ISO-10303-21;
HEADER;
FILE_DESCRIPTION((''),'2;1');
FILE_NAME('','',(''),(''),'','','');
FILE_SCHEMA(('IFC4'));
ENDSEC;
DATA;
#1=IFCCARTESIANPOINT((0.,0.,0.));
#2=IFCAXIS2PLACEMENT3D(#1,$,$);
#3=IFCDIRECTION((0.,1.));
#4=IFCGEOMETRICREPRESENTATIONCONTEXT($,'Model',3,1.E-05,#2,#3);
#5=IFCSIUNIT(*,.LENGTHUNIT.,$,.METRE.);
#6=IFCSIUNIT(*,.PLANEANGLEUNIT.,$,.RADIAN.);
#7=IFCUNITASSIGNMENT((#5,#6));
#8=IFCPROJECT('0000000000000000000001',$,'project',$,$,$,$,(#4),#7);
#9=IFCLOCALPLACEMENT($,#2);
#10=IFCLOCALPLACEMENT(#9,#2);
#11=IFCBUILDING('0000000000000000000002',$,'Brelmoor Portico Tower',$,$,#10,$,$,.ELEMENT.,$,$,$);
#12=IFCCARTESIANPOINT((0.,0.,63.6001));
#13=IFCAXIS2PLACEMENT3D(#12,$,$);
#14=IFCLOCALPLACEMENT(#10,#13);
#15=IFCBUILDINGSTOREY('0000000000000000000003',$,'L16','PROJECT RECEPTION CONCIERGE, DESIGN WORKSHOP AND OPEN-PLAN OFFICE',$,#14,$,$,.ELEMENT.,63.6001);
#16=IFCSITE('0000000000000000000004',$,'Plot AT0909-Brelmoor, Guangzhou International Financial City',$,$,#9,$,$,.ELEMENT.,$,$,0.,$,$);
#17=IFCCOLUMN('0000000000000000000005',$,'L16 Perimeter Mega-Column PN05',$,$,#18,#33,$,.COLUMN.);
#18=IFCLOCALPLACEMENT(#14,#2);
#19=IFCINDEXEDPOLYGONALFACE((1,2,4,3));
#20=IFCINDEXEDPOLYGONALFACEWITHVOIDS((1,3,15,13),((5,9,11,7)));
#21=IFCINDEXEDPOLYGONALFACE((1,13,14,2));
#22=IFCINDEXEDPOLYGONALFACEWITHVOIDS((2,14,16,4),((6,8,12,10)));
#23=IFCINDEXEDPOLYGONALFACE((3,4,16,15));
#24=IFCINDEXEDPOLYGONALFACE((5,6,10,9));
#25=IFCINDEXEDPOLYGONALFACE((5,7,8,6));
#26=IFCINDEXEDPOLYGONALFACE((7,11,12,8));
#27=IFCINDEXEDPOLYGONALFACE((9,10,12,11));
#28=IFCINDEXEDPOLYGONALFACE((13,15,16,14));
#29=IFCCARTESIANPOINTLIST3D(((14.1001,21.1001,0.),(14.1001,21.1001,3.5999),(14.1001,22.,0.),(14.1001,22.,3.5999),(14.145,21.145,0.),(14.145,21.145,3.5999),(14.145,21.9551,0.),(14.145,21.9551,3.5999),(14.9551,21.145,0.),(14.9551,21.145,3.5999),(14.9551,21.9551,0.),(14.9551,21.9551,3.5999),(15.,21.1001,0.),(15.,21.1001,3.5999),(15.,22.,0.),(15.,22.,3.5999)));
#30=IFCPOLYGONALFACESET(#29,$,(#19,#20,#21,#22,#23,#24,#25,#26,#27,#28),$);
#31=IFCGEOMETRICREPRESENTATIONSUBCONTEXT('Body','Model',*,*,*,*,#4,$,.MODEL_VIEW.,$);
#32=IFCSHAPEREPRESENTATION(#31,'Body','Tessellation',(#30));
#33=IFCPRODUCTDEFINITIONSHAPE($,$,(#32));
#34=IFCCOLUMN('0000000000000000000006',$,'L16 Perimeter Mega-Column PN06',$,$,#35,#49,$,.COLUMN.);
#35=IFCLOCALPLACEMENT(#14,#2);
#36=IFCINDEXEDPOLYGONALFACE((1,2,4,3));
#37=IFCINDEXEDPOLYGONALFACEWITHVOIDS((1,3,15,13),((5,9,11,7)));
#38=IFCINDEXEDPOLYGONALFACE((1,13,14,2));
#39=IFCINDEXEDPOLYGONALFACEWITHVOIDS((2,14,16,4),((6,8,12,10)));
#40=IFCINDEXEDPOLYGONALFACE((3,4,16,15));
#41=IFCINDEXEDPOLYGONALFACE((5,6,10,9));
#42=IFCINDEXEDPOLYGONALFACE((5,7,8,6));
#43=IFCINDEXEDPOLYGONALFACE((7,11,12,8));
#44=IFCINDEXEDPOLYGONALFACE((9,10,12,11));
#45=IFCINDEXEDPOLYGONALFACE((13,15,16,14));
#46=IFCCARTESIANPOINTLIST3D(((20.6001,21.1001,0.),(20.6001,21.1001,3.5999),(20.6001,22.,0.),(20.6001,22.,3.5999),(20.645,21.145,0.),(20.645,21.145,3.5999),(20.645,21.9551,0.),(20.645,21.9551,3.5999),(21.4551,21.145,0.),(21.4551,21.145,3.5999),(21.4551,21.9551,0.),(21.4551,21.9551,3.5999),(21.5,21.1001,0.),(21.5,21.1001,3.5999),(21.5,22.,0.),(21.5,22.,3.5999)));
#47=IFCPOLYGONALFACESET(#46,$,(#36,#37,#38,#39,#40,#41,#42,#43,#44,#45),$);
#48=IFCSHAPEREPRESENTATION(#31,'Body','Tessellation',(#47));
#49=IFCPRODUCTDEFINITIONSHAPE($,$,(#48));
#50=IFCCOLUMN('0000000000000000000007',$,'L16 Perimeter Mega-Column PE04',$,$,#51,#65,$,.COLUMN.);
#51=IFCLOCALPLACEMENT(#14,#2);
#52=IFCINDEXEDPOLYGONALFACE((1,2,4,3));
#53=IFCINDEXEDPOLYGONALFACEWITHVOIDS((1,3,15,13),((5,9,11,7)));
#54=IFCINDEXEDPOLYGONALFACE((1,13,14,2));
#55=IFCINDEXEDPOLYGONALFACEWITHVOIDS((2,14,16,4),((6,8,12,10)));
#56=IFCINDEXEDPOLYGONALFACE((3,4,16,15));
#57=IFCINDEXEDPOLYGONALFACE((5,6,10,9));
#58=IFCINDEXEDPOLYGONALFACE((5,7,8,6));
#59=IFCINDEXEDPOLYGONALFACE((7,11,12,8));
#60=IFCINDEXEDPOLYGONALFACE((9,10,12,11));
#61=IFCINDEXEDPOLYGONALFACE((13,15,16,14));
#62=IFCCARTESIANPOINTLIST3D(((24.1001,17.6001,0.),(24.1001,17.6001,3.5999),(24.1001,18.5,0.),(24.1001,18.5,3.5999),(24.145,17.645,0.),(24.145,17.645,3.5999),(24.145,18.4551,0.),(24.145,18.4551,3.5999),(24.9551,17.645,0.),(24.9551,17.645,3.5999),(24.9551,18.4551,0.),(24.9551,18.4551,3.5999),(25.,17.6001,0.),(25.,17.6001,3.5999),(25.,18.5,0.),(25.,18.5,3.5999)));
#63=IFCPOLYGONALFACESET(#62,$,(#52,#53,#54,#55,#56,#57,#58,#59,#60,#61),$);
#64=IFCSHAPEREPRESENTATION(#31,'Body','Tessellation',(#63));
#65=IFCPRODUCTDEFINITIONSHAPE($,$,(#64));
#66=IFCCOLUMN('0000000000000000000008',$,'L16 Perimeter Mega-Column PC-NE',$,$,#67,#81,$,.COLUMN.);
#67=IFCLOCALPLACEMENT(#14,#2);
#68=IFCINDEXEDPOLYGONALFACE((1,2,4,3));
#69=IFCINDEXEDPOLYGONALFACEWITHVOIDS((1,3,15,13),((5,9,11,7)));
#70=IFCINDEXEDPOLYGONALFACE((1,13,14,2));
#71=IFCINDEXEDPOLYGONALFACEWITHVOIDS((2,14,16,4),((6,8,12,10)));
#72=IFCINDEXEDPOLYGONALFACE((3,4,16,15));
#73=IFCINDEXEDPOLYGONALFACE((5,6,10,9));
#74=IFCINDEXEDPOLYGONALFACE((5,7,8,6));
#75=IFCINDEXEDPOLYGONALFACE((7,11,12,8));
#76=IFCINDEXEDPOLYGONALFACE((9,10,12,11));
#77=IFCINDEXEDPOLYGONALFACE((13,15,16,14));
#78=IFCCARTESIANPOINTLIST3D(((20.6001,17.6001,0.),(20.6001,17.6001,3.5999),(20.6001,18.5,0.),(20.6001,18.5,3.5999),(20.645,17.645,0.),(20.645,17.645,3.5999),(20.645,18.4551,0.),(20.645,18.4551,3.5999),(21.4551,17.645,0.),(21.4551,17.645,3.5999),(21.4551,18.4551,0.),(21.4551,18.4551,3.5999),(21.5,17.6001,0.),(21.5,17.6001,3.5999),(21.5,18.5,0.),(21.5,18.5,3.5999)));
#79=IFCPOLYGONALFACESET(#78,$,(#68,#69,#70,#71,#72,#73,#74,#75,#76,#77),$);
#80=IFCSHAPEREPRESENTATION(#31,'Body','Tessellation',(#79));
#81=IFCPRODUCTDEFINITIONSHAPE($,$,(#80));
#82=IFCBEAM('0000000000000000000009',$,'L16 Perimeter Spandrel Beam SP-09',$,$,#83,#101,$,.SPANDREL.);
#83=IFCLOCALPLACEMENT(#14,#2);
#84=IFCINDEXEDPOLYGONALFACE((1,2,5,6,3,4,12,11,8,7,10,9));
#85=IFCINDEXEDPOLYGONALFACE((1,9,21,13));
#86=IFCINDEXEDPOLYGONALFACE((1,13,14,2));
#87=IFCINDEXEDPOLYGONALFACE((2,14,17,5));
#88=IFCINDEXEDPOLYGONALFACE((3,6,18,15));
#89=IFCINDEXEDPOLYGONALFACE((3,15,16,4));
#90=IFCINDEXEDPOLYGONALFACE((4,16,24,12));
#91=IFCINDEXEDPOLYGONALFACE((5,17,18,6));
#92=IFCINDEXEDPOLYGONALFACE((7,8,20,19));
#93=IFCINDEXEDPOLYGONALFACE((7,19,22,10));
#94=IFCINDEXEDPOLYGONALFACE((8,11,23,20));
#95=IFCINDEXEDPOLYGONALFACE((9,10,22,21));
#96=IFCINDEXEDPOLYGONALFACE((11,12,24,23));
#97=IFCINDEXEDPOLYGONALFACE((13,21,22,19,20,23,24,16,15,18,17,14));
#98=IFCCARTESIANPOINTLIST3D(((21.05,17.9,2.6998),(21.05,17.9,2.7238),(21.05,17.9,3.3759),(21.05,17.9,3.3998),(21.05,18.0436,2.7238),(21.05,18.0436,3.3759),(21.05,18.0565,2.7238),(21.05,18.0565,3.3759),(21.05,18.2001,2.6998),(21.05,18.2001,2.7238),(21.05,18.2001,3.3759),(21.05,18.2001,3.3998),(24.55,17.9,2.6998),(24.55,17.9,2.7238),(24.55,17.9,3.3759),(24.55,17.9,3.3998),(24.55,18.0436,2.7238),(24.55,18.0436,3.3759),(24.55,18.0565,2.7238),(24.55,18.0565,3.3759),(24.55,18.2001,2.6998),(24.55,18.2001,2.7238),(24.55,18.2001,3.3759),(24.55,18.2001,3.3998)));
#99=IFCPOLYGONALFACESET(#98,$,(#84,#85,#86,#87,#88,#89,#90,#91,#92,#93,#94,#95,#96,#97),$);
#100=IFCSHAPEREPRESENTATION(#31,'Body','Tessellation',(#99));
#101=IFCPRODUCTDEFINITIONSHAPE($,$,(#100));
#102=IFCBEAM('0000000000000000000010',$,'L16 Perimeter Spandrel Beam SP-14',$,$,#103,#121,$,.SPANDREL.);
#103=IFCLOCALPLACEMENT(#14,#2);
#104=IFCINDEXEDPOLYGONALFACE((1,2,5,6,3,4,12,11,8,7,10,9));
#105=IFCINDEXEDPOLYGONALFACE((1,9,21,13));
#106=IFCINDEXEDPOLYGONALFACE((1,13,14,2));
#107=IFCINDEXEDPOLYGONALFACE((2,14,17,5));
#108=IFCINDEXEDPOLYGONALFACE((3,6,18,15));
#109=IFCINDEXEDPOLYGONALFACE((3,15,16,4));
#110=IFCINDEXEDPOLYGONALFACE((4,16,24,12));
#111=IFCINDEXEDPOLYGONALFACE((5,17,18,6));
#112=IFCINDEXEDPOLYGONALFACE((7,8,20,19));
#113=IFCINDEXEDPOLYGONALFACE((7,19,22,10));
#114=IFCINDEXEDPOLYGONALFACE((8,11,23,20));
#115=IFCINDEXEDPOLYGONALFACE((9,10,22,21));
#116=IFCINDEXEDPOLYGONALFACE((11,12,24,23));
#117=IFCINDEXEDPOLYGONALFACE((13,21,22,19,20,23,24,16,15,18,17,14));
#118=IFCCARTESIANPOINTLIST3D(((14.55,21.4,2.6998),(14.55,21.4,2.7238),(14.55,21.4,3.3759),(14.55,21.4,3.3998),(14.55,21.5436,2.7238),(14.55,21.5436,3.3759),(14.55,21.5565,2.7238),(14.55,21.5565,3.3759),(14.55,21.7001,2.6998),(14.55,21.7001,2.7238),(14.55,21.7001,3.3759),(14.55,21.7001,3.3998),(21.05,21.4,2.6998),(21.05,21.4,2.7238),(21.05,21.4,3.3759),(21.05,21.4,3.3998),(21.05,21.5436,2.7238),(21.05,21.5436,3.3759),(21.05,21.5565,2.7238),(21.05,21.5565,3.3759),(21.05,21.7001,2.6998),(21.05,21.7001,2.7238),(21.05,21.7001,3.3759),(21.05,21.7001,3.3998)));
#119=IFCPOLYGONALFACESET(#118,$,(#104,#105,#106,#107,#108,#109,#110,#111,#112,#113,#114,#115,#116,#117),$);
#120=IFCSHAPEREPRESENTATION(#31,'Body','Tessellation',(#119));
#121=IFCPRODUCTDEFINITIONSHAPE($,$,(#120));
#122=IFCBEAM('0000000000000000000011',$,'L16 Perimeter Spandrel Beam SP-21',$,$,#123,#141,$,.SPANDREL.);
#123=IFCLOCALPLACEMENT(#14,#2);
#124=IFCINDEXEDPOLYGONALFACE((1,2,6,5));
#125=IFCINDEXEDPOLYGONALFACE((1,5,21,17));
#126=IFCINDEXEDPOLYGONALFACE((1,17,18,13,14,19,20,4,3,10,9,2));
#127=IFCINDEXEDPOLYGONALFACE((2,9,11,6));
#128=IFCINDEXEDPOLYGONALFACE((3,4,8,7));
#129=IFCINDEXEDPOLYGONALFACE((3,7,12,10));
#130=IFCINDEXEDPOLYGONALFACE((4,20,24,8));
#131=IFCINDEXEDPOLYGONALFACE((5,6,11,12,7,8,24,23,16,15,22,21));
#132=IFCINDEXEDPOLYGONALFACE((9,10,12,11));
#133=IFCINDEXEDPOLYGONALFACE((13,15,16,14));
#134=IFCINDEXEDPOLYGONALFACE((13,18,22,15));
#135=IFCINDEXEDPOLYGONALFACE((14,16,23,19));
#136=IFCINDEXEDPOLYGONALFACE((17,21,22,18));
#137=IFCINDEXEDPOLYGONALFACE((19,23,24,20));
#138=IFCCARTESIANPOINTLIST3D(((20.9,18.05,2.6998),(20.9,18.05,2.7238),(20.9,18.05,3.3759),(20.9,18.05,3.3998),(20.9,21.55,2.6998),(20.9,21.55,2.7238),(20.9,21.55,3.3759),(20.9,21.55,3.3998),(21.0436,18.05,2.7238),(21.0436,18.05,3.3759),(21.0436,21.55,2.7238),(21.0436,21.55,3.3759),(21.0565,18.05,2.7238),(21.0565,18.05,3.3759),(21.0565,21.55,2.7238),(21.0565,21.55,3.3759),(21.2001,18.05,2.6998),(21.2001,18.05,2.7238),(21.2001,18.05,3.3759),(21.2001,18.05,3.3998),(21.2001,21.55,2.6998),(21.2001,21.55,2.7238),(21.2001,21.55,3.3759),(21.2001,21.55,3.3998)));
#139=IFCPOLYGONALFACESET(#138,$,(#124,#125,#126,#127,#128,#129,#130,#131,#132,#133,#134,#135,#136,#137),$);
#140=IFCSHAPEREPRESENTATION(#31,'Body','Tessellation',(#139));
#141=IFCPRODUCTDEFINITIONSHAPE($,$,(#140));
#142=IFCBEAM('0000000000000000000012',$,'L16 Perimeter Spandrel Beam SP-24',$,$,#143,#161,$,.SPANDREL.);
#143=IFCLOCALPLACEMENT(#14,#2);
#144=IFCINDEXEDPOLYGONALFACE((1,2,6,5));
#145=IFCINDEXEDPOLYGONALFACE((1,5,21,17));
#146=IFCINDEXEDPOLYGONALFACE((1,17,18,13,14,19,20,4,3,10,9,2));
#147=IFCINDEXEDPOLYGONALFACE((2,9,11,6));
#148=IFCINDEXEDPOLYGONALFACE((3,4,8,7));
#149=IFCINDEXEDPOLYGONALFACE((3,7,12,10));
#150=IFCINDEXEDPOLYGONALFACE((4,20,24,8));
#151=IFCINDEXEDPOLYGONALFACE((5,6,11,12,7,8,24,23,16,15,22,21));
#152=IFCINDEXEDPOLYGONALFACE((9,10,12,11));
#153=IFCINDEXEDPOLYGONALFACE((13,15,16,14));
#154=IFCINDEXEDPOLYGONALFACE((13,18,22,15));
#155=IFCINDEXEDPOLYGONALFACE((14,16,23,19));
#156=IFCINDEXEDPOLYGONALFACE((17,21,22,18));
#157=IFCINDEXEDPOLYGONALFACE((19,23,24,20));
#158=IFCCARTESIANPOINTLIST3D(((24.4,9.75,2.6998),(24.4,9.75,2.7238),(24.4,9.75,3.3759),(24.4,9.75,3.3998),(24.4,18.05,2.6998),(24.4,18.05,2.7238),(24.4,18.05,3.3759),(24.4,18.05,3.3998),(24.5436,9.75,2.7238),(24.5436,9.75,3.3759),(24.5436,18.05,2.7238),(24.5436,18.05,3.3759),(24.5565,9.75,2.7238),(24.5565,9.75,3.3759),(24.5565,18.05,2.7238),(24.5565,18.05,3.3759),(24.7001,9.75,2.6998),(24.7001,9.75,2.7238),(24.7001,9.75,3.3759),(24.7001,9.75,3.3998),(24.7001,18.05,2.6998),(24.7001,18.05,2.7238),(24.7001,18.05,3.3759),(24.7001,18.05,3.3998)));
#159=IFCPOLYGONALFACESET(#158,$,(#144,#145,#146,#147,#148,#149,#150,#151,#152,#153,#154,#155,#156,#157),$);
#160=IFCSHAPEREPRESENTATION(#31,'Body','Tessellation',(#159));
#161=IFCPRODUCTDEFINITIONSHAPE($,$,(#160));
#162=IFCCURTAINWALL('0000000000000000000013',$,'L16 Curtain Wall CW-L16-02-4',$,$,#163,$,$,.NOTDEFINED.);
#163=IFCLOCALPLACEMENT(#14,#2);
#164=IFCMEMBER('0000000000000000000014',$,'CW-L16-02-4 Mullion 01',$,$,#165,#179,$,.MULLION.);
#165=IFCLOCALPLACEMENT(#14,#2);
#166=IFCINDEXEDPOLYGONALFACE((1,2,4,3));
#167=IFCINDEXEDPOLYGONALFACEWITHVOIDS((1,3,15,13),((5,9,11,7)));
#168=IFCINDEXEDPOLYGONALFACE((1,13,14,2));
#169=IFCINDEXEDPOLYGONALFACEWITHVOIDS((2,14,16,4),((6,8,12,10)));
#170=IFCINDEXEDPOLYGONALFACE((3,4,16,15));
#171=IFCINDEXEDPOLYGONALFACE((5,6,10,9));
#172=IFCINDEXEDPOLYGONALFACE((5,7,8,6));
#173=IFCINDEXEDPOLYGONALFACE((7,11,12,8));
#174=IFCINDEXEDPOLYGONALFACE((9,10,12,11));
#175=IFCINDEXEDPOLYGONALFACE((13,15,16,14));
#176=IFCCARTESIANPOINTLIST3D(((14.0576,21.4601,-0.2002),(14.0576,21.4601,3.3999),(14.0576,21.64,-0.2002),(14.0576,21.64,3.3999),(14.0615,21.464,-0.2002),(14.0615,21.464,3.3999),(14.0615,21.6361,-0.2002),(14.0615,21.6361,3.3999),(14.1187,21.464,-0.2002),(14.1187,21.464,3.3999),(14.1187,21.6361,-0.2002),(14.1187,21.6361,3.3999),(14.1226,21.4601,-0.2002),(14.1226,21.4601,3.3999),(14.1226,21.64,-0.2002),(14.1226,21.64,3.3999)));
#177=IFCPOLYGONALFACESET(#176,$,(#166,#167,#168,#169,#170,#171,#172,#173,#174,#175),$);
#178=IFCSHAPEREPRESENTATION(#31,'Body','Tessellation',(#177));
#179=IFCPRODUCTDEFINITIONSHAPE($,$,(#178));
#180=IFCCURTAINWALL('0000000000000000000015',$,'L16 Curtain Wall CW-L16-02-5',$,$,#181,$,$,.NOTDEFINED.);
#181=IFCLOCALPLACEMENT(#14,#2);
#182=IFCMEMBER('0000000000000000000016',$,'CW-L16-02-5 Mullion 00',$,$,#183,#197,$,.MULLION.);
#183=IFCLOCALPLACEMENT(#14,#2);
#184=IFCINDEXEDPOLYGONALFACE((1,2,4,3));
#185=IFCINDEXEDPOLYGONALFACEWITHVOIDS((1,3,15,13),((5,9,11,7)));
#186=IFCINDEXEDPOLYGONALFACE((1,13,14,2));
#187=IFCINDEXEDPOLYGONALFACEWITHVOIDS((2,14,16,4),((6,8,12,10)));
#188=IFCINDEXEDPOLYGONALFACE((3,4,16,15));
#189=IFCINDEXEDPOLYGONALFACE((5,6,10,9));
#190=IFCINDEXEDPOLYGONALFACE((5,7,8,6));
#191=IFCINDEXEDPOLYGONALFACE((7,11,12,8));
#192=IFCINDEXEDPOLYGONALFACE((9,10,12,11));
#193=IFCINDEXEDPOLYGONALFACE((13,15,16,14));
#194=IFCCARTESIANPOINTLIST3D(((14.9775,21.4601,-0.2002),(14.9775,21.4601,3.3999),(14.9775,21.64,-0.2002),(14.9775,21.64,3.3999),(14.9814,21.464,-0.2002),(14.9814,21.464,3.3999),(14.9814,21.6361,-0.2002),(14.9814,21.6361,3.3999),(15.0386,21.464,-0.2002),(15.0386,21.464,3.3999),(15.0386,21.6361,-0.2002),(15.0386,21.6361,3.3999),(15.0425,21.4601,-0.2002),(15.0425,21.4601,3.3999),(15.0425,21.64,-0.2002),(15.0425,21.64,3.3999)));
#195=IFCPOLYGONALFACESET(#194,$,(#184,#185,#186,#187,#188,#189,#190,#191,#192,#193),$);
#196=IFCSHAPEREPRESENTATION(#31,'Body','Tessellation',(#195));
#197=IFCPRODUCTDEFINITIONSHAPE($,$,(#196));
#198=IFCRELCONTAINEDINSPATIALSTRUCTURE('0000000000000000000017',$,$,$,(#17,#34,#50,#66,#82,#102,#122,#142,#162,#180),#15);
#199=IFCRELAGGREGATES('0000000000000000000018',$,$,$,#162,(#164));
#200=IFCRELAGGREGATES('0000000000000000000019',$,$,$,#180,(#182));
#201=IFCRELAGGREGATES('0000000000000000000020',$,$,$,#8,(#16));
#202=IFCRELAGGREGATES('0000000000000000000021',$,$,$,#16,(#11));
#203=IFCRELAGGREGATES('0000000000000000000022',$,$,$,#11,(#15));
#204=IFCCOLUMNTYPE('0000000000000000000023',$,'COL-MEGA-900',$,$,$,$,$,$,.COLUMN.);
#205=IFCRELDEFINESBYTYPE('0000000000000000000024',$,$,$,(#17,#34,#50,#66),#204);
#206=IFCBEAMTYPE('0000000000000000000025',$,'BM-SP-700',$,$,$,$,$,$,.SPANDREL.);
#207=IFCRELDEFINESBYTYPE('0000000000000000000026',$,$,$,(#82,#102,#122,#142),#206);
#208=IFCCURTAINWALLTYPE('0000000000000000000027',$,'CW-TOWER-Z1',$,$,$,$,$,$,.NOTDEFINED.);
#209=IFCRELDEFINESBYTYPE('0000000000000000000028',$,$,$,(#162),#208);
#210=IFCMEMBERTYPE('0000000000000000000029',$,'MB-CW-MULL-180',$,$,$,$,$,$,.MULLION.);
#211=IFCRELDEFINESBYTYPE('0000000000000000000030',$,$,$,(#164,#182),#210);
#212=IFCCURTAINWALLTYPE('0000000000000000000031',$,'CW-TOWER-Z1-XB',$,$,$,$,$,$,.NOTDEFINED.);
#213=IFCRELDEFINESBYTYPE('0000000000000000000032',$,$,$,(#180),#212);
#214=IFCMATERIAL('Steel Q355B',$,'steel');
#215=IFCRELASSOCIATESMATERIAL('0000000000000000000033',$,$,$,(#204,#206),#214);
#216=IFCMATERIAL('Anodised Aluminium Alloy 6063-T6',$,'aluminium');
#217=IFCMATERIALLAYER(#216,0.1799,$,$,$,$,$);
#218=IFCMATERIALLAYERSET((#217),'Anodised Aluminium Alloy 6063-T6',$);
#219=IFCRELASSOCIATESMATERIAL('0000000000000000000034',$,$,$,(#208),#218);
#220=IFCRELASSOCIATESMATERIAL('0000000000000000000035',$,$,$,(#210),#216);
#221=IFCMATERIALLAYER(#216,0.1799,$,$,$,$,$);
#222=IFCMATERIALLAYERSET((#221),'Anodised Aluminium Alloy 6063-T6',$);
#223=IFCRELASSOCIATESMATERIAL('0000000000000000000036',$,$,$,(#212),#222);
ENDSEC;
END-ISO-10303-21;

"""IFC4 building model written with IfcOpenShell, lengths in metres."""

from ifc_helpers import new_model, si_unit, direction, frame, origin, origin_2d, place, context, subcontext, project, spatial, hollow_rectangle, i_section, extrude, material, layer, layer_set, material_profile, profile_set, type_object, element, aggregate, save


model = new_model("IFC4")

# Units and contexts
model_context = context("Model", 3, precision=1e-05, world=origin(), true_north=direction((0.0, 1.0)))
body_context = subcontext(model_context, "Body", "Model", "MODEL_VIEW")
ifc_project = project(units=[si_unit("LENGTHUNIT", "METRE"), si_unit("PLANEANGLEUNIT", "RADIAN")], contexts=[model_context])

# Site, building, storey
site_placement = place(None, origin())
site = spatial("IfcSite", under=ifc_project, at=site_placement, Name="Plot AT0909-Brelmoor, Guangzhou International Financial City", CompositionType="ELEMENT", RefElevation=0.0)
building_placement = place(site_placement, origin())
building = spatial("IfcBuilding", under=site, at=building_placement, Name="Brelmoor Portico Tower", CompositionType="ELEMENT")
storey_placement = place(building_placement, frame((0.0, 0.0, 63.6001)))
storey = spatial("IfcBuildingStorey", under=building, at=storey_placement, Name="L16", Description="PROJECT RECEPTION CONCIERGE, DESIGN WORKSHOP AND OPEN-PLAN OFFICE", CompositionType="ELEMENT", Elevation=63.6001)

# Columns
ifc_material_1 = material(Name="Steel Q355B", Category="steel")
ifc_material_profile_1 = material_profile(ifc_material_1, hollow_rectangle(XDim=0.8999, YDim=0.8999, WallThickness=0.0449, at=origin_2d()), Name="BOX 900x900x45")
ifc_profile_set_1 = profile_set([ifc_material_profile_1], Name="Steel Q355B")
column_type = type_object("IfcColumnType", Name="COL-MEGA-900", PredefinedType="COLUMN", material=ifc_profile_set_1)
for number, where, z_axis, x_axis, name in (
    (1, (14.55, 21.55, 0.0), (0.0, 0.0, 1.0), (1.0, 0.0, 0.0), "L16 Perimeter Mega-Column PN05"),
    (2, (21.05, 21.55, 0.0), (0.0, 0.0, 1.0), (1.0, 0.0, 0.0), "L16 Perimeter Mega-Column PN06"),
    (3, (24.55, 18.05, 0.0), (0.0, 0.0, 1.0), (0.0, 1.0, 0.0), "L16 Perimeter Mega-Column PE04"),
    (4, (21.05, 18.05, 0.0), (0.0, 0.0, 1.0), (1.0, 0.0, 0.0), "L16 Perimeter Mega-Column PC-NE"),
):
    element("IfcColumn", number, at=place(storey_placement, frame(where, z_axis=z_axis, x_axis=x_axis)), inside=storey, type_object=column_type, Name=name, PredefinedType="COLUMN", context=body_context, shape_type="SweptSolid", body=[
        extrude(hollow_rectangle(XDim=0.8999, YDim=0.8999, WallThickness=0.0449, at=origin_2d()), origin(), (0.0, 0.0, 1.0), 3.5999),
    ])

# Beams
ifc_material_profile_2 = material_profile(ifc_material_1, i_section(OverallWidth=0.3, OverallDepth=0.7, WebThickness=0.0129, FlangeThickness=0.0239, at=origin_2d()), Name="HN 700x300x13x24")
ifc_profile_set_2 = profile_set([ifc_material_profile_2], Name="Steel Q355B")
beam_type = type_object("IfcBeamType", Name="BM-SP-700", PredefinedType="SPANDREL", material=ifc_profile_set_2)
beam_1_placement = place(storey_placement, frame((21.05, 18.05, 3.0498), z_axis=(1.0, 0.0, 0.0), x_axis=(0.0, 1.0, 0.0)))
element("IfcBeam", 5, at=beam_1_placement, inside=storey, type_object=beam_type, Name="L16 Perimeter Spandrel Beam SP-09", PredefinedType="SPANDREL", context=body_context, shape_type="SweptSolid", body=[
    extrude(i_section(OverallWidth=0.3, OverallDepth=0.7, WebThickness=0.0129, FlangeThickness=0.0239, at=origin_2d()), origin(), (0.0, 0.0, 1.0), 3.5),
])
beam_2_placement = place(storey_placement, frame((14.55, 21.55, 3.0498), z_axis=(1.0, 0.0, 0.0), x_axis=(0.0, 1.0, 0.0)))
element("IfcBeam", 6, at=beam_2_placement, inside=storey, type_object=beam_type, Name="L16 Perimeter Spandrel Beam SP-14", PredefinedType="SPANDREL", context=body_context, shape_type="SweptSolid", body=[
    extrude(i_section(OverallWidth=0.3, OverallDepth=0.7, WebThickness=0.0129, FlangeThickness=0.0239, at=origin_2d()), origin(), (0.0, 0.0, 1.0), 6.5),
])
beam_3_placement = place(storey_placement, frame((21.05, 18.05, 3.0498), z_axis=(0.0, 1.0, 0.0), x_axis=(-1.0, 0.0, 0.0)))
element("IfcBeam", 7, at=beam_3_placement, inside=storey, type_object=beam_type, Name="L16 Perimeter Spandrel Beam SP-21", PredefinedType="SPANDREL", context=body_context, shape_type="SweptSolid", body=[
    extrude(i_section(OverallWidth=0.3, OverallDepth=0.7, WebThickness=0.0129, FlangeThickness=0.0239, at=origin_2d()), origin(), (0.0, 0.0, 1.0), 3.5),
])
beam_4_placement = place(storey_placement, frame((24.55, 9.75, 3.0498), z_axis=(0.0, 1.0, 0.0), x_axis=(-1.0, 0.0, 0.0)))
element("IfcBeam", 8, at=beam_4_placement, inside=storey, type_object=beam_type, Name="L16 Perimeter Spandrel Beam SP-24", PredefinedType="SPANDREL", context=body_context, shape_type="SweptSolid", body=[
    extrude(i_section(OverallWidth=0.3, OverallDepth=0.7, WebThickness=0.0129, FlangeThickness=0.0239, at=origin_2d()), origin(), (0.0, 0.0, 1.0), 8.3),
])

# Curtain wall, member
ifc_material_2 = material(Name="Anodised Aluminium Alloy 6063-T6", Category="aluminium")
ifc_layer_1 = layer(ifc_material_2, 0.1799)
ifc_layer_set_1 = layer_set([ifc_layer_1], Name="Anodised Aluminium Alloy 6063-T6")
curtain_wall_type_1 = type_object("IfcCurtainWallType", Name="CW-TOWER-Z1", PredefinedType="NOTDEFINED", material=ifc_layer_set_1)
curtain_wall_1_placement = place(storey_placement, origin())
curtain_wall_1 = element("IfcCurtainWall", 9, at=curtain_wall_1_placement, inside=storey, type_object=curtain_wall_type_1, Name="L16 Curtain Wall CW-L16-02-4", PredefinedType="NOTDEFINED")
ifc_material_profile_3 = material_profile(ifc_material_2, hollow_rectangle(XDim=0.0649, YDim=0.1799, WallThickness=0.0039, at=origin_2d()), Name="ALU MULLION 65x180")
ifc_profile_set_3 = profile_set([ifc_material_profile_3], Name="Anodised Aluminium Alloy 6063-T6")
member_type_1 = type_object("IfcMemberType", Name="MB-CW-MULL-180", PredefinedType="MULLION", material=ifc_profile_set_3)
member_1_placement = place(storey_placement, frame((14.0901, 21.55, -0.2002), z_axis=(0.0, 0.0, 1.0), x_axis=(1.0, 0.0, 0.0)))
member_1 = element("IfcMember", 10, at=member_1_placement, type_object=member_type_1, Name="CW-L16-02-4 Mullion 01", PredefinedType="MULLION", context=body_context, shape_type="SweptSolid", body=[
    extrude(hollow_rectangle(XDim=0.0649, YDim=0.1799, WallThickness=0.0039, at=origin_2d()), origin(), (0.0, 0.0, 1.0), 3.6001),
])
aggregate(curtain_wall_1, [member_1])

# Curtain wall, member
ifc_layer_2 = layer(ifc_material_2, 0.1799)
ifc_layer_set_2 = layer_set([ifc_layer_2], Name="Anodised Aluminium Alloy 6063-T6")
curtain_wall_type_2 = type_object("IfcCurtainWallType", Name="CW-TOWER-Z1-XB", PredefinedType="NOTDEFINED", material=ifc_layer_set_2)
curtain_wall_2_placement = place(storey_placement, origin())
curtain_wall_2 = element("IfcCurtainWall", 11, at=curtain_wall_2_placement, inside=storey, type_object=curtain_wall_type_2, Name="L16 Curtain Wall CW-L16-02-5", PredefinedType="NOTDEFINED")
member_2_placement = place(storey_placement, frame((15.01, 21.55, -0.2002), z_axis=(0.0, 0.0, 1.0), x_axis=(1.0, 0.0, 0.0)))
member_2 = element("IfcMember", 12, at=member_2_placement, type_object=member_type_1, Name="CW-L16-02-5 Mullion 00", PredefinedType="MULLION", context=body_context, shape_type="SweptSolid", body=[
    extrude(hollow_rectangle(XDim=0.0649, YDim=0.1799, WallThickness=0.0039, at=origin_2d()), origin(), (0.0, 0.0, 1.0), 3.6001),
])

aggregate(curtain_wall_2, [member_2])

save(model, "model.ifc")
